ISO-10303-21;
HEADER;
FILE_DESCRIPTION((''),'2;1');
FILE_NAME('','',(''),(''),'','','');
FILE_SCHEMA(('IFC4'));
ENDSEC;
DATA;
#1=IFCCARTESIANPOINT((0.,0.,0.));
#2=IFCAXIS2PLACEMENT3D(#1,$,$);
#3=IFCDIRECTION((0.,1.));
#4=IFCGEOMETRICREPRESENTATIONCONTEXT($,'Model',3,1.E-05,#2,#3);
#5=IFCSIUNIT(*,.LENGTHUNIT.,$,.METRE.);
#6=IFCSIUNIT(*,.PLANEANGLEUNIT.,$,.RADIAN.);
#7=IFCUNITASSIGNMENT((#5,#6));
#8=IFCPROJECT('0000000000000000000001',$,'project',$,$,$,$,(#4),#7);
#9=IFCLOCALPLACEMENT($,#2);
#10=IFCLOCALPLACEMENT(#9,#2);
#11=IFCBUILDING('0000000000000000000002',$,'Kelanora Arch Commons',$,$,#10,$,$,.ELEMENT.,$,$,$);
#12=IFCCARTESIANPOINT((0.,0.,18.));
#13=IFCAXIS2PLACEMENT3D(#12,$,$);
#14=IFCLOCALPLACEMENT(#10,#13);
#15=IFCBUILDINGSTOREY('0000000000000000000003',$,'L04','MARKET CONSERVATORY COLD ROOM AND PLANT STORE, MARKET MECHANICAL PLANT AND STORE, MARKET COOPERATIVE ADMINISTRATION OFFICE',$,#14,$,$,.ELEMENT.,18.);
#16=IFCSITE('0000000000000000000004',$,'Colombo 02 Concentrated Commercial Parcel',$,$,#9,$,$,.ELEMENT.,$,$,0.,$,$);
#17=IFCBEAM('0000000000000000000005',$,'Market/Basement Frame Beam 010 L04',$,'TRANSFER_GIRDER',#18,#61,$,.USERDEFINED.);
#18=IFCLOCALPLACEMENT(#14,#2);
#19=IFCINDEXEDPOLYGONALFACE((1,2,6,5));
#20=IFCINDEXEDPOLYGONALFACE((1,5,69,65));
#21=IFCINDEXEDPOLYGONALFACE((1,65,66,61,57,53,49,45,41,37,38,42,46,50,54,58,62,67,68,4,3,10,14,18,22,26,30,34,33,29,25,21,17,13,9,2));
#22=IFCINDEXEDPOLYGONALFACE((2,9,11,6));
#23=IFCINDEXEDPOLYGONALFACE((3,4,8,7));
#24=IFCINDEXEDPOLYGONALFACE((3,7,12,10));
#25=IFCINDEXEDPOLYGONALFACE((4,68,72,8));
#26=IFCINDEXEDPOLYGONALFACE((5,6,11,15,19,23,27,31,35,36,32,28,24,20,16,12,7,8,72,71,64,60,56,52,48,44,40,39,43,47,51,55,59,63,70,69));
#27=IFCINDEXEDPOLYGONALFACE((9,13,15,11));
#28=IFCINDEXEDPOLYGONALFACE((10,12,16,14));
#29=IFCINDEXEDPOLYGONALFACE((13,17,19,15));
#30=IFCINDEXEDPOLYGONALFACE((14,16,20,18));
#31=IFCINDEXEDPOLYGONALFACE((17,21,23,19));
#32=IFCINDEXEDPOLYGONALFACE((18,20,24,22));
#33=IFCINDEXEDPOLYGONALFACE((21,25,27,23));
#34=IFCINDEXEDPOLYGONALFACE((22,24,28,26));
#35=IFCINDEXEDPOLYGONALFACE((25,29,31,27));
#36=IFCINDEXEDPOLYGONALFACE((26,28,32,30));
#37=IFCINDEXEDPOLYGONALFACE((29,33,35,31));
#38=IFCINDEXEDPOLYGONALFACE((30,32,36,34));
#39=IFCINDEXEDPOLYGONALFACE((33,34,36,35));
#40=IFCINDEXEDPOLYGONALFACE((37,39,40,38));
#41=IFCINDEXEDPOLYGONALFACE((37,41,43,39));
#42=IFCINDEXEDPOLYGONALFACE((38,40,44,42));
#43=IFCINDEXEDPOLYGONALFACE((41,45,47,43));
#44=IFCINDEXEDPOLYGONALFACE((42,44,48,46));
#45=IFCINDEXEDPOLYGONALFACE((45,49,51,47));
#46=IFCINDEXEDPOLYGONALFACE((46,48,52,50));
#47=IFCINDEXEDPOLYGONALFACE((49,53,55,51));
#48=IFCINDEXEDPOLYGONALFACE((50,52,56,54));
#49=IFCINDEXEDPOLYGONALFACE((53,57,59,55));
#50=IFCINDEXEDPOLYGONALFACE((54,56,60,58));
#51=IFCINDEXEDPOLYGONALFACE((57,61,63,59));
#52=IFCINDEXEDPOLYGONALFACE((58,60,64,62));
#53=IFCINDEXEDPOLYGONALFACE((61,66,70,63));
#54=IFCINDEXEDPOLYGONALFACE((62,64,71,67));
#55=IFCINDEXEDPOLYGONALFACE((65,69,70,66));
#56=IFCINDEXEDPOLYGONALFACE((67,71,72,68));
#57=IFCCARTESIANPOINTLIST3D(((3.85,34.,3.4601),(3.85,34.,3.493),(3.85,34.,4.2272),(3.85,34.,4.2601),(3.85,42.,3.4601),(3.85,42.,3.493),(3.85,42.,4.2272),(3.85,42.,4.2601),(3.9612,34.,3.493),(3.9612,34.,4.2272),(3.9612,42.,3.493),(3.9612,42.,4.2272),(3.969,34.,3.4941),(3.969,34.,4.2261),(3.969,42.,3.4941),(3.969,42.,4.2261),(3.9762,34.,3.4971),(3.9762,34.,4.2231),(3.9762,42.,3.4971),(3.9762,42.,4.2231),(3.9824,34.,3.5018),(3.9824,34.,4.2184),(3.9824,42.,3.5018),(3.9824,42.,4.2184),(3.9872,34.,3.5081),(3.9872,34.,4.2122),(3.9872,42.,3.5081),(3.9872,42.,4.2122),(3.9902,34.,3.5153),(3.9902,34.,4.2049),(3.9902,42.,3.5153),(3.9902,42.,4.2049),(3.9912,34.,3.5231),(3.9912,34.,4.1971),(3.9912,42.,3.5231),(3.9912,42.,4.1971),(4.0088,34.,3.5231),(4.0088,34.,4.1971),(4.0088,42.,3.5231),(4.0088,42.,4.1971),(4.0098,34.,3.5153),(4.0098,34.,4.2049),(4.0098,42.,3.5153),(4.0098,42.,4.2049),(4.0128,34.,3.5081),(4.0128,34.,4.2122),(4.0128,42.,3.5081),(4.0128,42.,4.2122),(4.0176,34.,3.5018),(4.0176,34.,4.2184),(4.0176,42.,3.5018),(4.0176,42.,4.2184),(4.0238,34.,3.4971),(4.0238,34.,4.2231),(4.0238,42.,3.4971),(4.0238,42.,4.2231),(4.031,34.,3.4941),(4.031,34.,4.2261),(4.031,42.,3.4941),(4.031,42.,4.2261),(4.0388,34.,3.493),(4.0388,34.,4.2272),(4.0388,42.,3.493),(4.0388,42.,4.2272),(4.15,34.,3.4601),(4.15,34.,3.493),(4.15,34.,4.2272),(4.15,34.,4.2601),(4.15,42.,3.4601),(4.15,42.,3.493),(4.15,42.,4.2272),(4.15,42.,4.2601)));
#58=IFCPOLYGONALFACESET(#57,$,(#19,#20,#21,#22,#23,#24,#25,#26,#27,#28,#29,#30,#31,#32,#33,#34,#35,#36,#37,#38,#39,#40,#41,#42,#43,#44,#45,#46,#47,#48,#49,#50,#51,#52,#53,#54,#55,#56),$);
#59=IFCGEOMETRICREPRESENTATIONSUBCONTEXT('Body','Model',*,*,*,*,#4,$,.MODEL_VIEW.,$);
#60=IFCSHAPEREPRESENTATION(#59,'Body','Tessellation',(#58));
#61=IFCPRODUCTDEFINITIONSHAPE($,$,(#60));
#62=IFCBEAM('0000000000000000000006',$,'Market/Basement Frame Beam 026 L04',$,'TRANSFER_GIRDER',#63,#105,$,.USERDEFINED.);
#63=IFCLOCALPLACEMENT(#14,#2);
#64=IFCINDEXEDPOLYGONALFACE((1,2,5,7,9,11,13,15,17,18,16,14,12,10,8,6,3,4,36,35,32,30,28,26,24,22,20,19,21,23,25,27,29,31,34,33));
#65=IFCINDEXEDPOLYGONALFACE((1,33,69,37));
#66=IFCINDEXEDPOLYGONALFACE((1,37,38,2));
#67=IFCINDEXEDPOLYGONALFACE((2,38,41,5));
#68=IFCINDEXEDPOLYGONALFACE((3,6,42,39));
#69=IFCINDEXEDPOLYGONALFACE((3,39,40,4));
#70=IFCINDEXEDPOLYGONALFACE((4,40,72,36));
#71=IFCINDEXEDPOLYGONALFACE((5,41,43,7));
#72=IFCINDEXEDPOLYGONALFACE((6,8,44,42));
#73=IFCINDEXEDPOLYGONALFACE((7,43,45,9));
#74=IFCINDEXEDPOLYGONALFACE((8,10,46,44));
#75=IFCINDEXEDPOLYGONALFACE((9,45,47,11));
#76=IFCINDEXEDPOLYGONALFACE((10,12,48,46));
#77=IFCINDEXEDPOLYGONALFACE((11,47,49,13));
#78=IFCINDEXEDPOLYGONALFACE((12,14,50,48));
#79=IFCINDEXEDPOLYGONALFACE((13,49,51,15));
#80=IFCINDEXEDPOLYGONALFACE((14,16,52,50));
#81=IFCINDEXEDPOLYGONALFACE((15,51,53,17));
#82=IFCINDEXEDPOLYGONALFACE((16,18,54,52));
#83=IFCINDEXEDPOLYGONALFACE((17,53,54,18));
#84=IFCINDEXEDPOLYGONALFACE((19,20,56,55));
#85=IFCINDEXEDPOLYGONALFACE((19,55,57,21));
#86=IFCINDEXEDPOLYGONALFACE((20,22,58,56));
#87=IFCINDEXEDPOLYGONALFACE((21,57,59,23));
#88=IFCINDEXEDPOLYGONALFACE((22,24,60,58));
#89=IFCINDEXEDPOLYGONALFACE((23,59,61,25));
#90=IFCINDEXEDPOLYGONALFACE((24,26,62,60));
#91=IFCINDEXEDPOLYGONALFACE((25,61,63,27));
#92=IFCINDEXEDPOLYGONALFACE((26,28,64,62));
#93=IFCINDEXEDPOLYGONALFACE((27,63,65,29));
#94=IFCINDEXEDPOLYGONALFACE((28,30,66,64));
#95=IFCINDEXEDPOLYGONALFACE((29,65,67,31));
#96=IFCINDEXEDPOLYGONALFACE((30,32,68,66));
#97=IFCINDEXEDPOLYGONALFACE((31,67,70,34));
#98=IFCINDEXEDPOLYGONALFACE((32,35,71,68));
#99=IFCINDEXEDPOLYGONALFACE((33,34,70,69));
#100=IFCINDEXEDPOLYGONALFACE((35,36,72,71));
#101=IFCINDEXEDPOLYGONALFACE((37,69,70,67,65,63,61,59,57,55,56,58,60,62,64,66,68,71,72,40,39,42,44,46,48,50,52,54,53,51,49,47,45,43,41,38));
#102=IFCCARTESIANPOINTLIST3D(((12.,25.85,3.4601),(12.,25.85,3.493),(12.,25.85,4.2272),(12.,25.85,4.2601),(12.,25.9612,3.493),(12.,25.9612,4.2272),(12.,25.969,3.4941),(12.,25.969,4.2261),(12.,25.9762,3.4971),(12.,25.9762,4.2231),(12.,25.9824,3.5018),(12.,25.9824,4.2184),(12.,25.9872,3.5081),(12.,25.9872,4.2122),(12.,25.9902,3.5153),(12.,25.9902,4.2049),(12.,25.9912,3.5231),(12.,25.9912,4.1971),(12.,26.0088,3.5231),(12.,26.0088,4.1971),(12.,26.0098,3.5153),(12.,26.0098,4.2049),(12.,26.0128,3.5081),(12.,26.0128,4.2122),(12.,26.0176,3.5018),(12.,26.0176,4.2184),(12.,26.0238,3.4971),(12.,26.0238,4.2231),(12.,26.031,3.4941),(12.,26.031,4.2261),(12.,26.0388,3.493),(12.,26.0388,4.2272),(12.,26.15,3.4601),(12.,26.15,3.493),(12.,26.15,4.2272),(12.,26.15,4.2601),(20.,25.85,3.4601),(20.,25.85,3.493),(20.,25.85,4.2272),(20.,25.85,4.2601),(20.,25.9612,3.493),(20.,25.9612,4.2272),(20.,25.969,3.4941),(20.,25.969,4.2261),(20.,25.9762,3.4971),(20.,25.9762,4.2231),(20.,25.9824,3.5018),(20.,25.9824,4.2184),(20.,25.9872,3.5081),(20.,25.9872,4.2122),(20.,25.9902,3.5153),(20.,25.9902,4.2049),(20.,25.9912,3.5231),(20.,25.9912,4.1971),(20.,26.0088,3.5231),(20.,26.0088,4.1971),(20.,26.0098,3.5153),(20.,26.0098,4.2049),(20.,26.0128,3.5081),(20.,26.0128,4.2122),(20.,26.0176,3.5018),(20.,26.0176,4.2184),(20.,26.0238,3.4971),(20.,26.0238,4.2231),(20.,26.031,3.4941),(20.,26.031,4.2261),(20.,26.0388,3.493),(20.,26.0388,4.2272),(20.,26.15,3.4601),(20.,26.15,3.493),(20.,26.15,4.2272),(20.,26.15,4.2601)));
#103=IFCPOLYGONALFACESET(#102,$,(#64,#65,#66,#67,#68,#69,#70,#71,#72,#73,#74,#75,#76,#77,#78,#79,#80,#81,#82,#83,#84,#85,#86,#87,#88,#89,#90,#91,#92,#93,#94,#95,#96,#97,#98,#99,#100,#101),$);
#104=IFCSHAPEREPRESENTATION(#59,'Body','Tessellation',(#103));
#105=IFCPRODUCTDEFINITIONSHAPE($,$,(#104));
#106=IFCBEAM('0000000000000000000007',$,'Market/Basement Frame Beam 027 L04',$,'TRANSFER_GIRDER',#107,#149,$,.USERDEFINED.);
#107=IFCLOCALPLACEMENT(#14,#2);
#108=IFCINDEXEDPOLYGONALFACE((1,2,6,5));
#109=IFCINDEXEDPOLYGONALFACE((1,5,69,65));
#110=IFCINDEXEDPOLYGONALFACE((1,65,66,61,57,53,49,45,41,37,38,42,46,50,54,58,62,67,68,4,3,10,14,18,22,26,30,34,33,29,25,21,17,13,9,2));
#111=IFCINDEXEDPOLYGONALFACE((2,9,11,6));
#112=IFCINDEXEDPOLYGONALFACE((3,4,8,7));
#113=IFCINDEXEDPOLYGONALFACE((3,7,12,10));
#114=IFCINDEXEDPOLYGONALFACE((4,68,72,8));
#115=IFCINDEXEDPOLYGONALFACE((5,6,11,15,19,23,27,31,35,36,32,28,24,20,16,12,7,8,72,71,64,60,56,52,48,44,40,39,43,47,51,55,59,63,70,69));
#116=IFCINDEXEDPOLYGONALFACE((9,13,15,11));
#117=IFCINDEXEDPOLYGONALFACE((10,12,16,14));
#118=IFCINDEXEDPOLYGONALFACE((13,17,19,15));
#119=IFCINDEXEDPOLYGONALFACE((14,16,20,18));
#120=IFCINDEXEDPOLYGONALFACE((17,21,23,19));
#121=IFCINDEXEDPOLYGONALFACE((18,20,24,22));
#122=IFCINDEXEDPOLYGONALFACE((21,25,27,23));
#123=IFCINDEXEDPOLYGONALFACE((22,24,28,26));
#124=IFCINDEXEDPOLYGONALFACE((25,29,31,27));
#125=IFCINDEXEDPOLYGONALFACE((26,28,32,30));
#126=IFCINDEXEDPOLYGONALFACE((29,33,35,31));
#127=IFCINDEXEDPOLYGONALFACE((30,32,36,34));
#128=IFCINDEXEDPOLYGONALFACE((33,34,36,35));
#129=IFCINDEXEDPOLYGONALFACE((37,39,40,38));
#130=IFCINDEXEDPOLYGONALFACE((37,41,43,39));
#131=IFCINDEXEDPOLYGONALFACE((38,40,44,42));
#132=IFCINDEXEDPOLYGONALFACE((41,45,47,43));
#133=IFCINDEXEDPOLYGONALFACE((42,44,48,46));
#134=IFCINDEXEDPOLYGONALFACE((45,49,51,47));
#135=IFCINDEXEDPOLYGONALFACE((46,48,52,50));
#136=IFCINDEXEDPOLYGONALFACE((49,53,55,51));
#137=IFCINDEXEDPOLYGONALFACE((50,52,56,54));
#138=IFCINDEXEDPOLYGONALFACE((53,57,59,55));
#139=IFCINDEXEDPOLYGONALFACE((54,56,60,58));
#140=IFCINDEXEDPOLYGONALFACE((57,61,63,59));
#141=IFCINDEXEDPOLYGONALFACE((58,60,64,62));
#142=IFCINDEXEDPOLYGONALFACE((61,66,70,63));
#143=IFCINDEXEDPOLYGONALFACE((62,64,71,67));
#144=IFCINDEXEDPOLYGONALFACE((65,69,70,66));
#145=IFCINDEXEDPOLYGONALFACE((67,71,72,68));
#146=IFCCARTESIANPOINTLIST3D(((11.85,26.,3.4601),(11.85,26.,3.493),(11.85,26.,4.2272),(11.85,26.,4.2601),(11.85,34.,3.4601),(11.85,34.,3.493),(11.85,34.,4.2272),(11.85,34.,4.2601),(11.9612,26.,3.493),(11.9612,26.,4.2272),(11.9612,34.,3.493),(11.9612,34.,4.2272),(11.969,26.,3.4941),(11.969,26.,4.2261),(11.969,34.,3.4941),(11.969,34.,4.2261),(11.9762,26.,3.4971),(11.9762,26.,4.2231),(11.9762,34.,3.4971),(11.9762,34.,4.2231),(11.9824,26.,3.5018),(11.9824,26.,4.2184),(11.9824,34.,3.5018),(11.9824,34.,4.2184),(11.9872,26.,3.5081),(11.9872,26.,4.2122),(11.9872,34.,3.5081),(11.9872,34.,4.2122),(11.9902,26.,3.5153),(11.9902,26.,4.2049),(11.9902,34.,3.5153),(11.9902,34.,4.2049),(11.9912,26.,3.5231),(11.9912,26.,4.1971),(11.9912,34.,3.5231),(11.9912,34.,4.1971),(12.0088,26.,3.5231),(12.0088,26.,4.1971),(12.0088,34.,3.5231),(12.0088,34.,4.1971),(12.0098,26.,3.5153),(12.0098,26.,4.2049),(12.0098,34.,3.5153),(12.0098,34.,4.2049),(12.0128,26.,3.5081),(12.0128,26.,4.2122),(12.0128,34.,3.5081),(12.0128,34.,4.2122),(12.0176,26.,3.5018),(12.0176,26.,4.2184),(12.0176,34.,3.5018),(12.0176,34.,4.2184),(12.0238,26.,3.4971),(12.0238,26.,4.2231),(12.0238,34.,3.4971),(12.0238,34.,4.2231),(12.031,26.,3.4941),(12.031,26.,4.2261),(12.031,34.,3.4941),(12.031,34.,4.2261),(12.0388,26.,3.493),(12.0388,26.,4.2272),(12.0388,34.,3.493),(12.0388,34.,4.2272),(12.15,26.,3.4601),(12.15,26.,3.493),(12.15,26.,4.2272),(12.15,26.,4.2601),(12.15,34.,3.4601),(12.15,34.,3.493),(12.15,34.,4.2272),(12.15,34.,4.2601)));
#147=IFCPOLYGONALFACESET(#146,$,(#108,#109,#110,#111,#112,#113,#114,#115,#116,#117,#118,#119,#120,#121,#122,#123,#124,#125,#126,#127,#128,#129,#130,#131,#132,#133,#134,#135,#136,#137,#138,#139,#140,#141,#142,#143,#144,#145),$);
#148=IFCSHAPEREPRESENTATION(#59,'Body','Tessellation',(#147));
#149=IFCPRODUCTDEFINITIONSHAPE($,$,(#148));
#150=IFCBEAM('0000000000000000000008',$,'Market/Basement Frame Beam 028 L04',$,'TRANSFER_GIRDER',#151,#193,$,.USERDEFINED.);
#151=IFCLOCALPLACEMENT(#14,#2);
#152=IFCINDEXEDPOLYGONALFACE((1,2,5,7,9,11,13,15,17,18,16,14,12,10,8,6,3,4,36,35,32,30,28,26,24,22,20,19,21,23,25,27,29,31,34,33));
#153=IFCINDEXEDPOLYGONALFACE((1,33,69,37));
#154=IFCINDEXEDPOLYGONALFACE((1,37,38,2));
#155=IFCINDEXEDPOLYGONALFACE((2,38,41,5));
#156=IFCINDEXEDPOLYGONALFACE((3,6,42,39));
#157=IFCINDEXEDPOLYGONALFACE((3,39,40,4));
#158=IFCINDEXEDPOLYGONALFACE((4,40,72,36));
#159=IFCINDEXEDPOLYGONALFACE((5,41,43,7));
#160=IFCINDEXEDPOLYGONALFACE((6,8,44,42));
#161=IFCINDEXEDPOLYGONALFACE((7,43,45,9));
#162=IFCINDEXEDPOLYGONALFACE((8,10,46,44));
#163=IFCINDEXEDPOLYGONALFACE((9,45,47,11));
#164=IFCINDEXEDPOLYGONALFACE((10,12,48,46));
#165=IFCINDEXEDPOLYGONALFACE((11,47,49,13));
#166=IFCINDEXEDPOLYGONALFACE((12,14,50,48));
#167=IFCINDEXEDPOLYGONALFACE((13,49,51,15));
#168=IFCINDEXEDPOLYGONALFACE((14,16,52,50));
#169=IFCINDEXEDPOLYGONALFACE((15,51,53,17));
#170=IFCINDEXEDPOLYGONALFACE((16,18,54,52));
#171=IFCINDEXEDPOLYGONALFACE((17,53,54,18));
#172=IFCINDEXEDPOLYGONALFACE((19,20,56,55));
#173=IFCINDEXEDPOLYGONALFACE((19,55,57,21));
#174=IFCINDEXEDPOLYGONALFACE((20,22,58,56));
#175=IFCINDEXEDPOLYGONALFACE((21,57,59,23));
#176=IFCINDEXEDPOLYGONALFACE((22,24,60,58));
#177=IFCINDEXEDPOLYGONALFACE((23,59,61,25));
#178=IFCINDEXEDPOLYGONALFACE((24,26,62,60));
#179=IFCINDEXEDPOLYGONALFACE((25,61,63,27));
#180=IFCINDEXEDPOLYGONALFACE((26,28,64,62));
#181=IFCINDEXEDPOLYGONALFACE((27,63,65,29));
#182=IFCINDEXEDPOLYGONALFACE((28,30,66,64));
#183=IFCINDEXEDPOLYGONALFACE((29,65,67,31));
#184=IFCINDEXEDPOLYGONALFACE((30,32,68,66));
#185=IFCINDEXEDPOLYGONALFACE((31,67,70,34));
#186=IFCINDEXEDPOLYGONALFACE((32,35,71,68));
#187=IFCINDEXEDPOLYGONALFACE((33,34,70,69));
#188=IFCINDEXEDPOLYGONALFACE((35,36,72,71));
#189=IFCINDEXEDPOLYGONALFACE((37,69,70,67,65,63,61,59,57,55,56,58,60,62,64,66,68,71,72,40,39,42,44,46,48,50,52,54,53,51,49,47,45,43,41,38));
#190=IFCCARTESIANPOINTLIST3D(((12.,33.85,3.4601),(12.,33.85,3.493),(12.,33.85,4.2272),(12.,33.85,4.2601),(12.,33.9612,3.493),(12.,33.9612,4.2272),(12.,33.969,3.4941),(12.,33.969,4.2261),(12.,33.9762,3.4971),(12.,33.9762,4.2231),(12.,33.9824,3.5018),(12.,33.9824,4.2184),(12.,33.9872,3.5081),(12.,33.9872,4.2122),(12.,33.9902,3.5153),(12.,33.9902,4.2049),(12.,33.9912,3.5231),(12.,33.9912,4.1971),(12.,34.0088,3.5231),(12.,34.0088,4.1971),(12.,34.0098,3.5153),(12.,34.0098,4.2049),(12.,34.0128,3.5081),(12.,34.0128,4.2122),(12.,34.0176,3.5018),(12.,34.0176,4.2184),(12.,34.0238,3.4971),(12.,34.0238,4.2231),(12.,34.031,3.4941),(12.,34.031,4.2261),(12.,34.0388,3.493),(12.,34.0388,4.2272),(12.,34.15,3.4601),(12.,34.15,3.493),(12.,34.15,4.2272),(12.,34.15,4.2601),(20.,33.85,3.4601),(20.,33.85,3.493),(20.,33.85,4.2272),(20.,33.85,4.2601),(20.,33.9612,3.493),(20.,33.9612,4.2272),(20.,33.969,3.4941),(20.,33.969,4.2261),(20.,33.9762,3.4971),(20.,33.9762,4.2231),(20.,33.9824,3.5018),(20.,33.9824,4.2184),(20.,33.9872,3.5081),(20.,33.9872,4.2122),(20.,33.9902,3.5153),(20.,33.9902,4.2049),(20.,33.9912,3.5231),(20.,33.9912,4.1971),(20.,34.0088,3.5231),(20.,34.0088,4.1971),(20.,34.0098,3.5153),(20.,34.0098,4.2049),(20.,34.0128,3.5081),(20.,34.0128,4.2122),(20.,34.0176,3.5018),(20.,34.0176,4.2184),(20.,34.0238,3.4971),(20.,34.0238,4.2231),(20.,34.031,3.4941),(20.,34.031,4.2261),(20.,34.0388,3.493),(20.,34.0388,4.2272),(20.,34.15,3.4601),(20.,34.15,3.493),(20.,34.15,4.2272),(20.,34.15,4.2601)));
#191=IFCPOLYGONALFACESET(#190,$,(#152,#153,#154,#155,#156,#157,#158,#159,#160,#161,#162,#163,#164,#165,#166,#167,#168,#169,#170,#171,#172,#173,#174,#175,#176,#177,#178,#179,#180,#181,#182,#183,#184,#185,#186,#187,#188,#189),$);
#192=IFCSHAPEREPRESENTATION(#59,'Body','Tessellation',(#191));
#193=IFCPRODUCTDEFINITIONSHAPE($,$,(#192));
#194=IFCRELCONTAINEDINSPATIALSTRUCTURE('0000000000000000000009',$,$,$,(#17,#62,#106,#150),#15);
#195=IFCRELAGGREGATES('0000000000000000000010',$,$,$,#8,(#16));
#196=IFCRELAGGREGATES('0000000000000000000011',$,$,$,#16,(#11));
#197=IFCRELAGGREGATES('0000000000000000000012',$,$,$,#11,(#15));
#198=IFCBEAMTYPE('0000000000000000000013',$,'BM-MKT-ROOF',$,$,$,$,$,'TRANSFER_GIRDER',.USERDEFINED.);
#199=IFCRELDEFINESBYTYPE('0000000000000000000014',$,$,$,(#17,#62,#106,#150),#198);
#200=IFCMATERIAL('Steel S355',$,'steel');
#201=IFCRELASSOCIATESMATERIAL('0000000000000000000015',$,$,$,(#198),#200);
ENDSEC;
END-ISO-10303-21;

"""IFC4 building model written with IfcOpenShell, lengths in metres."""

from ifc_helpers import new_model, si_unit, direction, frame, origin, origin_2d, place, context, subcontext, project, spatial, i_section, extrude, material, material_profile, profile_set, type_object, element, save


model = new_model("IFC4")

# Units and contexts
model_context = context("Model", 3, precision=1e-05, world=origin(), true_north=direction((0.0, 1.0)))
body_context = subcontext(model_context, "Body", "Model", "MODEL_VIEW")
ifc_project = project(units=[si_unit("LENGTHUNIT", "METRE"), si_unit("PLANEANGLEUNIT", "RADIAN")], contexts=[model_context])

# Site, building, storey
site_placement = place(None, origin())
site = spatial("IfcSite", under=ifc_project, at=site_placement, Name="Colombo 02 Concentrated Commercial Parcel", CompositionType="ELEMENT", RefElevation=0.0)
building_placement = place(site_placement, origin())
building = spatial("IfcBuilding", under=site, at=building_placement, Name="Kelanora Arch Commons", CompositionType="ELEMENT")
storey_placement = place(building_placement, frame((0.0, 0.0, 18.0)))
storey = spatial("IfcBuildingStorey", under=building, at=storey_placement, Name="L04", Description="MARKET CONSERVATORY COLD ROOM AND PLANT STORE, MARKET MECHANICAL PLANT AND STORE, MARKET COOPERATIVE ADMINISTRATION OFFICE", CompositionType="ELEMENT", Elevation=18.0)

# Beams
ifc_material_1 = material(Name="Steel S355", Category="steel")
ifc_material_profile_1 = material_profile(ifc_material_1, i_section(OverallWidth=0.3, OverallDepth=0.8, WebThickness=0.0176, FlangeThickness=0.033, FilletRadius=0.03, at=origin_2d()), Name="HEB800")
ifc_profile_set_1 = profile_set([ifc_material_profile_1], Name="Steel S355")
beam_type = type_object("IfcBeamType", Name="BM-MKT-ROOF", ElementType="TRANSFER_GIRDER", PredefinedType="USERDEFINED", material=ifc_profile_set_1)
for number, where, z_axis, x_axis, name in (
    (1, (4.0, 34.0, 3.8601), (0.0, 1.0, 0.0), (-1.0, 0.0, 0.0), "Market/Basement Frame Beam 010 L04"),
    (2, (12.0, 26.0, 3.8601), (1.0, 0.0, 0.0), (0.0, 1.0, 0.0), "Market/Basement Frame Beam 026 L04"),
    (3, (12.0, 26.0, 3.8601), (0.0, 1.0, 0.0), (-1.0, 0.0, 0.0), "Market/Basement Frame Beam 027 L04"),
    (4, (12.0, 34.0, 3.8601), (1.0, 0.0, 0.0), (0.0, 1.0, 0.0), "Market/Basement Frame Beam 028 L04"),
):
    element("IfcBeam", number, at=place(storey_placement, frame(where, z_axis=z_axis, x_axis=x_axis)), inside=storey, type_object=beam_type, Name=name, ObjectType="TRANSFER_GIRDER", PredefinedType="USERDEFINED", context=body_context, shape_type="SweptSolid", body=[
        extrude(i_section(OverallWidth=0.3, OverallDepth=0.8, WebThickness=0.0176, FlangeThickness=0.033, FilletRadius=0.03, at=origin_2d()), origin(), (0.0, 0.0, 1.0), 8.0),
    ])

save(model, "model.ifc")
